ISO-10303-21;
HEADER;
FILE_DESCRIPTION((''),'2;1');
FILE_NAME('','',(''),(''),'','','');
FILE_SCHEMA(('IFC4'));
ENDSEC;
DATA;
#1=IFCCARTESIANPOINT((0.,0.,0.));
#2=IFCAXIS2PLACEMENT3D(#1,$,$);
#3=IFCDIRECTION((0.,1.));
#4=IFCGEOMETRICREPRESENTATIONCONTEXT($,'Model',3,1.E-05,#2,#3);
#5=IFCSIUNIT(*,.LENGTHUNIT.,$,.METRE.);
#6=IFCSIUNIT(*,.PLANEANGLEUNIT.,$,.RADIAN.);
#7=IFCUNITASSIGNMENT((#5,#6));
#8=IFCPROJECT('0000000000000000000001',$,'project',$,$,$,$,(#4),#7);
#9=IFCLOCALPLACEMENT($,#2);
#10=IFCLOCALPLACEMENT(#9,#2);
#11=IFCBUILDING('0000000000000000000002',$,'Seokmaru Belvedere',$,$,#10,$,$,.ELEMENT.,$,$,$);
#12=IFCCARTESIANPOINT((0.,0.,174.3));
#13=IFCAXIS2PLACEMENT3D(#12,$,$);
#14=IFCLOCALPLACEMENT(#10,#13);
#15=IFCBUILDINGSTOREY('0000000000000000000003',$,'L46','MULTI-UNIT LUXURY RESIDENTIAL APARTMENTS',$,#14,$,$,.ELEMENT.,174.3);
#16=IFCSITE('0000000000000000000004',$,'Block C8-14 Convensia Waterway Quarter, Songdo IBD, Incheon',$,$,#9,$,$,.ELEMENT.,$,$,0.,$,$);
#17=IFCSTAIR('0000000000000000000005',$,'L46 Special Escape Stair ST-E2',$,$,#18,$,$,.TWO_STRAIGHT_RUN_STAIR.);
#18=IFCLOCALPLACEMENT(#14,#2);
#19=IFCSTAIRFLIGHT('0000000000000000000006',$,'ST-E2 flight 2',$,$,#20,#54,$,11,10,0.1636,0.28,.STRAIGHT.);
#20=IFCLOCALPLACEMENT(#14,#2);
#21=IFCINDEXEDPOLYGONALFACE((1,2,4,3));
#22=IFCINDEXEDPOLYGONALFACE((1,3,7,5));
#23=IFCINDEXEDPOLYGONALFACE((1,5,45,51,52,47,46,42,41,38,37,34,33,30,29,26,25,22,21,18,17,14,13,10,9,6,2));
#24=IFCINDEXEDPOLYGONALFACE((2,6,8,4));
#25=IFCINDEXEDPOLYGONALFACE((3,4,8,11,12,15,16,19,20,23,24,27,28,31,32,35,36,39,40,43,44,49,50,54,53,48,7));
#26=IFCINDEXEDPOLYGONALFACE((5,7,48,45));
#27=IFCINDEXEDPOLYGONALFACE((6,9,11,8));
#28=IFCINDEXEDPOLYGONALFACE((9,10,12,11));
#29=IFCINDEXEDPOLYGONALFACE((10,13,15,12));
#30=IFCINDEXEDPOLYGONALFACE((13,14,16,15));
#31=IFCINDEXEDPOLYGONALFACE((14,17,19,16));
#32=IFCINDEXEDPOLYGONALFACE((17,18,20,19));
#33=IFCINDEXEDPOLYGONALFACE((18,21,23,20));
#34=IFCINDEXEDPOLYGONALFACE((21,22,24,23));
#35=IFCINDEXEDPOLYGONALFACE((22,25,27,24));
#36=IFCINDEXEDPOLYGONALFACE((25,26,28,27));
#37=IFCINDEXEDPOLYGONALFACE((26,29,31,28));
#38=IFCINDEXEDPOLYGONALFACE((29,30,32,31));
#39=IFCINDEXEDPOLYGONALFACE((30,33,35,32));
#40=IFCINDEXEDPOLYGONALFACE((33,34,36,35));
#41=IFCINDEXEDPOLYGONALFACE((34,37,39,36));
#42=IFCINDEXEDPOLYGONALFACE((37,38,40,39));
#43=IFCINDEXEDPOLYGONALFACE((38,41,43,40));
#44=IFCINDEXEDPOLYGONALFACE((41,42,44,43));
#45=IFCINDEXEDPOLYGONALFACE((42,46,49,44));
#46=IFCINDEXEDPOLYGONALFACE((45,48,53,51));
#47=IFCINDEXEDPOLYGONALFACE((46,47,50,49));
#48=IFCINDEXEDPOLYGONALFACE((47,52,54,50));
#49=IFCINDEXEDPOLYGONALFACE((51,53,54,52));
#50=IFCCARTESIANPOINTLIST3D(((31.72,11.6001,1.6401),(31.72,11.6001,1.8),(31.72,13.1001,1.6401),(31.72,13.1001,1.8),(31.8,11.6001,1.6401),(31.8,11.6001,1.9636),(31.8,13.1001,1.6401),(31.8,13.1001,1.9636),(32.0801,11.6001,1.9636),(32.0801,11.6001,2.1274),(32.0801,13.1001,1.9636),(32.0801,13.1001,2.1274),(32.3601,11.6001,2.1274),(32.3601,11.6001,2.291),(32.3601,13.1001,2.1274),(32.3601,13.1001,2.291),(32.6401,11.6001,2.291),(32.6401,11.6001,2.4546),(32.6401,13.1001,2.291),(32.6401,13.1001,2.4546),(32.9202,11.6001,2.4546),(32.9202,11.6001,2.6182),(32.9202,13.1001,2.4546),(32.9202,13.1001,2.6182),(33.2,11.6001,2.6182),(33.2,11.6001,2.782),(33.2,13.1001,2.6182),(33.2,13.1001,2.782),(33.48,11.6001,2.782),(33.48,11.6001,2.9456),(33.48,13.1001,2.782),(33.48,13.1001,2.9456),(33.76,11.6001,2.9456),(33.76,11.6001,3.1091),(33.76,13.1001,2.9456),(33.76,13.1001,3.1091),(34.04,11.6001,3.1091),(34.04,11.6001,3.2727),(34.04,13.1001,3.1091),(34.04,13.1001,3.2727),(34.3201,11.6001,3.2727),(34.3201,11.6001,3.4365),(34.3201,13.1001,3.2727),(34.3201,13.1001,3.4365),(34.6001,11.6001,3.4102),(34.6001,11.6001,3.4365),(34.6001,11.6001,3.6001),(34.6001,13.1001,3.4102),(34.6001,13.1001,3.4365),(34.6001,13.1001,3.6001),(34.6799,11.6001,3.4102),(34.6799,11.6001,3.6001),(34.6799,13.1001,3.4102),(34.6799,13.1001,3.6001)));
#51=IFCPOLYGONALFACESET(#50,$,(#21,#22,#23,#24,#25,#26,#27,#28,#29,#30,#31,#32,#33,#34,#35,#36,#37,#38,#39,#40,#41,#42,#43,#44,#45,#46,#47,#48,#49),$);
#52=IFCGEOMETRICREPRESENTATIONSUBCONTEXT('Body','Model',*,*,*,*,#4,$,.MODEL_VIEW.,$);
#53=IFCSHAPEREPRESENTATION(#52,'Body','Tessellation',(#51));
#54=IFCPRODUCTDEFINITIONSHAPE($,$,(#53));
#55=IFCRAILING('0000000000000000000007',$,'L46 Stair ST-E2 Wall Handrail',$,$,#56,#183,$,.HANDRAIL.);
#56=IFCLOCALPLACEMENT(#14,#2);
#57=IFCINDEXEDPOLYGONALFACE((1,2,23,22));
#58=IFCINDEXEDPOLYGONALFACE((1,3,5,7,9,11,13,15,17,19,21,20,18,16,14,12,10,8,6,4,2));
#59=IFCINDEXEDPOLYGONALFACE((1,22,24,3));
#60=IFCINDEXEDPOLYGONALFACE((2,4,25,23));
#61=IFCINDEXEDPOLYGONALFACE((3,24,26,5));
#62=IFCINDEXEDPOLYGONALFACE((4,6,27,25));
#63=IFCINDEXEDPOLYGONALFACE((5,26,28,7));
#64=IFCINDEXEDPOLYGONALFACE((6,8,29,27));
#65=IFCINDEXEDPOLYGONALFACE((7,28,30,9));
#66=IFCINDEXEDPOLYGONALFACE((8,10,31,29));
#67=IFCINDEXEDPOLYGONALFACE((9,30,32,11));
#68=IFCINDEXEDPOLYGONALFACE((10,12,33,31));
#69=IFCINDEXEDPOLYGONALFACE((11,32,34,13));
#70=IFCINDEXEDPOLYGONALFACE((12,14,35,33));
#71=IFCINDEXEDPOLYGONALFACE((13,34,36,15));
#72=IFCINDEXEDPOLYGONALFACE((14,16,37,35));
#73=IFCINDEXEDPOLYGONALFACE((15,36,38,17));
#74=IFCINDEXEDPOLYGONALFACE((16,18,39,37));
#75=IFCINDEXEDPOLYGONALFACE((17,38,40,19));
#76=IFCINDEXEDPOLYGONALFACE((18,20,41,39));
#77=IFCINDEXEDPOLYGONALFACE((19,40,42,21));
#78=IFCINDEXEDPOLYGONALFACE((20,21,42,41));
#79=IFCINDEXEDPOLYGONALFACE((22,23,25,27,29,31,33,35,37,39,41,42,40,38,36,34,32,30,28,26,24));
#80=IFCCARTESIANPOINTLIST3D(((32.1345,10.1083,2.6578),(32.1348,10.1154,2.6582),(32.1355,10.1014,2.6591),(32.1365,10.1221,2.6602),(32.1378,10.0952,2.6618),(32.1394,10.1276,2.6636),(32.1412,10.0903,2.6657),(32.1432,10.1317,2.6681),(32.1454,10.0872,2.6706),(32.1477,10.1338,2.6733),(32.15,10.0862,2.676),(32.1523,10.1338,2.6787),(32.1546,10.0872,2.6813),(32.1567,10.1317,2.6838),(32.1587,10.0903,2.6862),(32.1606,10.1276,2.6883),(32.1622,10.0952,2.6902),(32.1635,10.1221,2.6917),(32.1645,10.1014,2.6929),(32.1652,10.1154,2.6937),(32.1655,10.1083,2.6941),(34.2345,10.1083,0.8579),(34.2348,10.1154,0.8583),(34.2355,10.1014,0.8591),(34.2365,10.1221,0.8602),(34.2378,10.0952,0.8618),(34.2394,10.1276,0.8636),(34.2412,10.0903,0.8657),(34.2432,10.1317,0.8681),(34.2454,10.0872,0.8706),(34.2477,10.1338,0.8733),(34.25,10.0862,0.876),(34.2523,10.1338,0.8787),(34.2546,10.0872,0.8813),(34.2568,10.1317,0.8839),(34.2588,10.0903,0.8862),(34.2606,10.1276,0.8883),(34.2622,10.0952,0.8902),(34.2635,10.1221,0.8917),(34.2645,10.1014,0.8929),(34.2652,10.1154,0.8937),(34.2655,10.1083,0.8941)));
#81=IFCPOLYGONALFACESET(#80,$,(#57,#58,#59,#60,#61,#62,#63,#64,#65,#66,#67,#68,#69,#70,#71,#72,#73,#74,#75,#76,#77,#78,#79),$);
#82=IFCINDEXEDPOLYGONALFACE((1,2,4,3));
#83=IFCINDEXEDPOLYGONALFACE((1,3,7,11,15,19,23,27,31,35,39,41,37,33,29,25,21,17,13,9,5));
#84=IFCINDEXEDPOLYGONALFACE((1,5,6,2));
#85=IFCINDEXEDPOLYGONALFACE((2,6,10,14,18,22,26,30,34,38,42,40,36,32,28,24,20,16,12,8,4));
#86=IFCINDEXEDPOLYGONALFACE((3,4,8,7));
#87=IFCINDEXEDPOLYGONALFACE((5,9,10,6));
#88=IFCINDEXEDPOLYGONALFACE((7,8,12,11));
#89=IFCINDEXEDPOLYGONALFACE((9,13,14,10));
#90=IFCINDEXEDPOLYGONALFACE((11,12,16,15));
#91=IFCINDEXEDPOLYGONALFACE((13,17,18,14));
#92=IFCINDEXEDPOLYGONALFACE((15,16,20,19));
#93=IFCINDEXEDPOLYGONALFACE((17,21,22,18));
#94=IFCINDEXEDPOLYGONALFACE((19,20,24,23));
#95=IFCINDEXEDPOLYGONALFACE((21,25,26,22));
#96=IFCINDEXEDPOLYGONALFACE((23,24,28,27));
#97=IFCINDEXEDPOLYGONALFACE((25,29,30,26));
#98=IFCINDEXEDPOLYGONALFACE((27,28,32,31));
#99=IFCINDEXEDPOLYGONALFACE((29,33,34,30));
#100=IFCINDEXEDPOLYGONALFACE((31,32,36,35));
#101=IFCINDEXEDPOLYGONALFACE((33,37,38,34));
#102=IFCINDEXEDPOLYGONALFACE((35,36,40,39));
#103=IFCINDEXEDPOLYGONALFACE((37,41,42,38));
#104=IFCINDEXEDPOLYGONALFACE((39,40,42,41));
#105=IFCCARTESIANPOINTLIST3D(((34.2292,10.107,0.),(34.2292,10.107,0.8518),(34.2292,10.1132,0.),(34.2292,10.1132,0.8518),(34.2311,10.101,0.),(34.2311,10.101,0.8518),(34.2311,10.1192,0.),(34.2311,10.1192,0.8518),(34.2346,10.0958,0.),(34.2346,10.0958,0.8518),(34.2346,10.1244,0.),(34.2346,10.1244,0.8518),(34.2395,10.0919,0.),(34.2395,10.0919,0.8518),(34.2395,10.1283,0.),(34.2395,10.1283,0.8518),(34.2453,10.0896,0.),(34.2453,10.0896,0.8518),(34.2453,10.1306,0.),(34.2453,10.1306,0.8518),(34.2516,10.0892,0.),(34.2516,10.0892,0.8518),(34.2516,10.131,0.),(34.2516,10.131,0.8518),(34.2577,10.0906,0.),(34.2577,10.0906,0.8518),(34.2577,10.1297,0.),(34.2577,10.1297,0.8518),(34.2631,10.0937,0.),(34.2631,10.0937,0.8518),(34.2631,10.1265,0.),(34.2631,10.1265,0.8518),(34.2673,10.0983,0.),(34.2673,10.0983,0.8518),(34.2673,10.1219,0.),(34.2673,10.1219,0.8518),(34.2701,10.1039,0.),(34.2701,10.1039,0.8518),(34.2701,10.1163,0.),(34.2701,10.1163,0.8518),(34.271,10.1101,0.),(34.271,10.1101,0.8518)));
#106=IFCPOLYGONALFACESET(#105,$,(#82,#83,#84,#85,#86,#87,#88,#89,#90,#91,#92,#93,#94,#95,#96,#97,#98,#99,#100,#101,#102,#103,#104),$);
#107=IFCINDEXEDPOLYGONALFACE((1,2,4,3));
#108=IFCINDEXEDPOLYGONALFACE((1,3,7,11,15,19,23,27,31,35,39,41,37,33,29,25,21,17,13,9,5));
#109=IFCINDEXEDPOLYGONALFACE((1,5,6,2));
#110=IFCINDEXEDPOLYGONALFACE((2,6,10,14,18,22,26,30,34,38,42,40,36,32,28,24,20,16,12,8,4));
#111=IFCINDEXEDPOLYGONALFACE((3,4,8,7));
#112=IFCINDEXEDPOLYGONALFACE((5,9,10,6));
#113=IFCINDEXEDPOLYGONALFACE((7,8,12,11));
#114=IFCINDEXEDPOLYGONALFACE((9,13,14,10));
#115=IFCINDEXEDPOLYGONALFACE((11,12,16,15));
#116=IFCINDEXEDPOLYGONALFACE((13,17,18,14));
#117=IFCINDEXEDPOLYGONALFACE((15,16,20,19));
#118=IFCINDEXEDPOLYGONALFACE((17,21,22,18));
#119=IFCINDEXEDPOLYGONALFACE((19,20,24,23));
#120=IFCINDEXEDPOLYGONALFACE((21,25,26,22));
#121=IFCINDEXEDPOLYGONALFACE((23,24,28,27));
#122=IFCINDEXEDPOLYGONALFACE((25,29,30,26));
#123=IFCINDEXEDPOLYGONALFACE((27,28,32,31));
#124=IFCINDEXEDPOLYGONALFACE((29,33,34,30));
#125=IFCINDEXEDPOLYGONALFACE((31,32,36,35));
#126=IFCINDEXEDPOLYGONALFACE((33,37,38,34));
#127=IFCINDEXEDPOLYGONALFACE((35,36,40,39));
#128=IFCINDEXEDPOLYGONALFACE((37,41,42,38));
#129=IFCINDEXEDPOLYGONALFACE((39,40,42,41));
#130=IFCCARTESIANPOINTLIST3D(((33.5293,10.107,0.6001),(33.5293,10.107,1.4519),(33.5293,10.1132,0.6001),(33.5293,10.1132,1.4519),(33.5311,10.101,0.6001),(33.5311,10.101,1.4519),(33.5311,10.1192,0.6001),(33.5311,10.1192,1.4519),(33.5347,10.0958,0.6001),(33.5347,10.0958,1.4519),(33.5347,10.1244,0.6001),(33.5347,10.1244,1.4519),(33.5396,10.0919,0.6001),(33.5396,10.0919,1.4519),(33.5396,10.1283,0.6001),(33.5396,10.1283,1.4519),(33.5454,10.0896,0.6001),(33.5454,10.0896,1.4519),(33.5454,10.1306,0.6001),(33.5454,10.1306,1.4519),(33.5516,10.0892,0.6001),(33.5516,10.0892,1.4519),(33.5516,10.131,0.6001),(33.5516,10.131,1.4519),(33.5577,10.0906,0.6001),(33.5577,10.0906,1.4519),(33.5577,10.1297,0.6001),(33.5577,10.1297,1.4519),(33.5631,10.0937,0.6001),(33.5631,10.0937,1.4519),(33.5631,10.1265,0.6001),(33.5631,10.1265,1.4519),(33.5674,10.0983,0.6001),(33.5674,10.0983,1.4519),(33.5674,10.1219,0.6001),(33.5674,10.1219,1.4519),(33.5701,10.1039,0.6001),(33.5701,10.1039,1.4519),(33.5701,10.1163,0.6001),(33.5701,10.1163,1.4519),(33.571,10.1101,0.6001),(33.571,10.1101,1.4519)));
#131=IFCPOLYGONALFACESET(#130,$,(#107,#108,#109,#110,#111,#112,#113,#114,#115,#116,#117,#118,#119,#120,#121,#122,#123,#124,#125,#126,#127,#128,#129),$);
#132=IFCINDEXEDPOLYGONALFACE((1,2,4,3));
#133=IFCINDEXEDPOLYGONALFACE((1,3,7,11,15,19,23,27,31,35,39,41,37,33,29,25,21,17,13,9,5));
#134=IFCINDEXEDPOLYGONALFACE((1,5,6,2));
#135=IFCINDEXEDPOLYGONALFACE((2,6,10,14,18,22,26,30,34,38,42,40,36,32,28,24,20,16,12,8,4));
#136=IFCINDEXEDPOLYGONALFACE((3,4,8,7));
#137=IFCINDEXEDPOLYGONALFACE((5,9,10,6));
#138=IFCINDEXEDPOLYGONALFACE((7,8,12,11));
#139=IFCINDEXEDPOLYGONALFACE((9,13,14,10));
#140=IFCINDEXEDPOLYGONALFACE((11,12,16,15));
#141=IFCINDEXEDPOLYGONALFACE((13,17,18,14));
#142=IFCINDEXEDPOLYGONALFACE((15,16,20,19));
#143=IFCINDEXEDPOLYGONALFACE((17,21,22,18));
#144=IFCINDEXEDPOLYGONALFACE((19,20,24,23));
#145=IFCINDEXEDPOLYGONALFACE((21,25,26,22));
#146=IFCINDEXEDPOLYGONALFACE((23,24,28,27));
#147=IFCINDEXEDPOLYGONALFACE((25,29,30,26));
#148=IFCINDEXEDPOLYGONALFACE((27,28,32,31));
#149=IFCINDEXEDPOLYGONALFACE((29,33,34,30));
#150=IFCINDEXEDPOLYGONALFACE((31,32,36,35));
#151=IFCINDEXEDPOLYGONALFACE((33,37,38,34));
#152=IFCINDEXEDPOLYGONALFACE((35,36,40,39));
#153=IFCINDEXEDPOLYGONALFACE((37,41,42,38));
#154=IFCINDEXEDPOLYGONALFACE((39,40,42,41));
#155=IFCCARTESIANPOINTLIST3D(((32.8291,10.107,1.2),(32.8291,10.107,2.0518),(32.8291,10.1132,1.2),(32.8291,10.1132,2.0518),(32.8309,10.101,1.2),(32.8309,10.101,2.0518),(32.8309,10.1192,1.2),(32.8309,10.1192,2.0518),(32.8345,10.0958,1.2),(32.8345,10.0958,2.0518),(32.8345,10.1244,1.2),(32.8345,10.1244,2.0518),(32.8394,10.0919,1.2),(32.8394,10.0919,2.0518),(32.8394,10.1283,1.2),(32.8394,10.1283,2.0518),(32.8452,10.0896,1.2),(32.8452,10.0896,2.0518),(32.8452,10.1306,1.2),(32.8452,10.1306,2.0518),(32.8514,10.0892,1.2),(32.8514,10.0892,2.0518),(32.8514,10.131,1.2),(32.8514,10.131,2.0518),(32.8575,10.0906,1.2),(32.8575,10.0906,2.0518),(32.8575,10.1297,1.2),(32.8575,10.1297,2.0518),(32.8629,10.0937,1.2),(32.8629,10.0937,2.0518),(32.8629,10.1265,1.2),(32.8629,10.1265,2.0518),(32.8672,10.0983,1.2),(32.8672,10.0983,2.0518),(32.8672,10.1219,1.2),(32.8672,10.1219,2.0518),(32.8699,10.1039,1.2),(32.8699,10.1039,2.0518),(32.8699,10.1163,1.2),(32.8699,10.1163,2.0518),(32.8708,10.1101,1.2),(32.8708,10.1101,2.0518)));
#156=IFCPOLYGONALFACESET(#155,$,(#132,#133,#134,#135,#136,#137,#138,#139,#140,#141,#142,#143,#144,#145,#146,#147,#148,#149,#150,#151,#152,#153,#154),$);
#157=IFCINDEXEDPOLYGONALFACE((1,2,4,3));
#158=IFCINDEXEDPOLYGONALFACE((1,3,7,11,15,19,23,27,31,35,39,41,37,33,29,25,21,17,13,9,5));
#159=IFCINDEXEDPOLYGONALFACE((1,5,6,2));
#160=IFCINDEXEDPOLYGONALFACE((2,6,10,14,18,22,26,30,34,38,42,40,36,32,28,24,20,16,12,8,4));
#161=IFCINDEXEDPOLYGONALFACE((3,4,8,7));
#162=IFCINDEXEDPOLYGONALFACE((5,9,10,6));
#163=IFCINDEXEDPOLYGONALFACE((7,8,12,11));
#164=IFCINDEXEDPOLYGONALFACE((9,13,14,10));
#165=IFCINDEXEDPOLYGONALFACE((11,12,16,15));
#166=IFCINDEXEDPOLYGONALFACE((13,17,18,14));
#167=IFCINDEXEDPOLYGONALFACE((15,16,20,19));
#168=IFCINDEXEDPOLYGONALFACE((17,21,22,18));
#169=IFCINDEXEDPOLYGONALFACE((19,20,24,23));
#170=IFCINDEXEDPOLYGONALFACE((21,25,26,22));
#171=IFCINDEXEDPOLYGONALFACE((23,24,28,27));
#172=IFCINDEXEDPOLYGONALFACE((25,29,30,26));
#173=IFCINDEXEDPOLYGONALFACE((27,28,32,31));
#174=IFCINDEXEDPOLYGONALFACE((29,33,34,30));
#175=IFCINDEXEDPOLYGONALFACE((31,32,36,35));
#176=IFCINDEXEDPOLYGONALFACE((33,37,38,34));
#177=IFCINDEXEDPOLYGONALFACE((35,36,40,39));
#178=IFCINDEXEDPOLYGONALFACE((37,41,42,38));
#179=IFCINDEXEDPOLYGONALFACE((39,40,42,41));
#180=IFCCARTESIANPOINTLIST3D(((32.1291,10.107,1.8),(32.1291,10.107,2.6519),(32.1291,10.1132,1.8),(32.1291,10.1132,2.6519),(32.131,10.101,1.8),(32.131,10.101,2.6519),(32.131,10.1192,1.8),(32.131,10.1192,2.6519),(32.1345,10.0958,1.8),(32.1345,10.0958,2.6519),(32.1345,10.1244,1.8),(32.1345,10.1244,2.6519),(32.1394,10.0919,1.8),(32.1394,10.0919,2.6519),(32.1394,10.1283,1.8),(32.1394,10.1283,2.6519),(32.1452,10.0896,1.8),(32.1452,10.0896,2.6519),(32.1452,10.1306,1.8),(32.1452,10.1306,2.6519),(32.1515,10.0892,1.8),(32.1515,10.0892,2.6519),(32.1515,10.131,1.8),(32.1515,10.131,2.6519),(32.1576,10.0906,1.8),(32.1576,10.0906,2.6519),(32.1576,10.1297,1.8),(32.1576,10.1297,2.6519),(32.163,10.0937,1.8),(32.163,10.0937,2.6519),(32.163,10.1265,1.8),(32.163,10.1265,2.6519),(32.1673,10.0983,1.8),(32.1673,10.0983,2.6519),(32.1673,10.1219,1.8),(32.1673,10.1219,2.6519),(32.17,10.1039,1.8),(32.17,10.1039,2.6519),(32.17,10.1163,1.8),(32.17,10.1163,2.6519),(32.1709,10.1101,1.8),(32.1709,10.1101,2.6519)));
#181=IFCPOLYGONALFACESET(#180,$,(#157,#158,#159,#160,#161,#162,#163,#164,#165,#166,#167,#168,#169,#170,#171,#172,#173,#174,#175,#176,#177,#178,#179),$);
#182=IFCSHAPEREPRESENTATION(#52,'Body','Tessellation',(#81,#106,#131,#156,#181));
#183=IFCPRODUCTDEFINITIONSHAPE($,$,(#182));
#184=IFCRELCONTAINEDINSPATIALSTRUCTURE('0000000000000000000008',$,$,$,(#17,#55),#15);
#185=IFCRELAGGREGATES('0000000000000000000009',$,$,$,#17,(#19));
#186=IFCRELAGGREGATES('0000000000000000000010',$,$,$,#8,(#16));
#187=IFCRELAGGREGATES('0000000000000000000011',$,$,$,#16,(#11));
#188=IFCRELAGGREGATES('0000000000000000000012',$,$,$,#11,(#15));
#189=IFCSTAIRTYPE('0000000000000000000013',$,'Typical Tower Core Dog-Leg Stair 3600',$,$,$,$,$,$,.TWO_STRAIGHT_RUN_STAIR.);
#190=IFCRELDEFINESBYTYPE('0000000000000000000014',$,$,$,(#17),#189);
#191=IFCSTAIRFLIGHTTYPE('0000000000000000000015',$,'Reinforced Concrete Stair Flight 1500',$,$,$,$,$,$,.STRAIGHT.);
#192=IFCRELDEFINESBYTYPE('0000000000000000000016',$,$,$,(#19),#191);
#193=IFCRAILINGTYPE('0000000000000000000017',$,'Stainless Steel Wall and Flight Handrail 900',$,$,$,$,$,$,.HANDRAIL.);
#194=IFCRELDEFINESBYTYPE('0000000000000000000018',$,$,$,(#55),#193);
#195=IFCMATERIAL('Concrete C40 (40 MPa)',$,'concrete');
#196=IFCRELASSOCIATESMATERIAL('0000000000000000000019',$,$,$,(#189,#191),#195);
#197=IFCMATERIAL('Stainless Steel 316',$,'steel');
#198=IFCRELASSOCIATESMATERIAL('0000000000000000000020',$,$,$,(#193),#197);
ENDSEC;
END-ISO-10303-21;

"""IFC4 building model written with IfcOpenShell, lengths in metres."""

from ifc_helpers import new_model, si_unit, direction, frame, origin, origin_2d, place, context, subcontext, project, spatial, polyline, circle, outline, extrude, material, type_object, element, aggregate, save


model = new_model("IFC4")

# Units and contexts
model_context = context("Model", 3, precision=1e-05, world=origin(), true_north=direction((0.0, 1.0)))
body_context = subcontext(model_context, "Body", "Model", "MODEL_VIEW")
ifc_project = project(units=[si_unit("LENGTHUNIT", "METRE"), si_unit("PLANEANGLEUNIT", "RADIAN")], contexts=[model_context])

# Site, building, storey
site_placement = place(None, origin())
site = spatial("IfcSite", under=ifc_project, at=site_placement, Name="Block C8-14 Convensia Waterway Quarter, Songdo IBD, Incheon", CompositionType="ELEMENT", RefElevation=0.0)
building_placement = place(site_placement, origin())
building = spatial("IfcBuilding", under=site, at=building_placement, Name="Seokmaru Belvedere", CompositionType="ELEMENT")
storey_placement = place(building_placement, frame((0.0, 0.0, 174.3)))
storey = spatial("IfcBuildingStorey", under=building, at=storey_placement, Name="L46", Description="MULTI-UNIT LUXURY RESIDENTIAL APARTMENTS", CompositionType="ELEMENT", Elevation=174.3)

# Shared definitions
ifc_material_1 = material(Name="Stainless Steel 316", Category="steel")

# Stair, stair flight
ifc_material_2 = material(Name="Concrete C40 (40 MPa)", Category="concrete")
stair_type = type_object("IfcStairType", Name="Typical Tower Core Dog-Leg Stair 3600", PredefinedType="TWO_STRAIGHT_RUN_STAIR", material=ifc_material_2)
stair_placement = place(storey_placement, origin())
stair = element("IfcStair", 1, at=stair_placement, inside=storey, type_object=stair_type, Name="L46 Special Escape Stair ST-E2", PredefinedType="TWO_STRAIGHT_RUN_STAIR")
stair_flight_type = type_object("IfcStairFlightType", Name="Reinforced Concrete Stair Flight 1500", PredefinedType="STRAIGHT", material=ifc_material_2)
stair_flight_1_placement = place(storey_placement, frame((31.8, 12.3501, 1.8), z_axis=(0.0, 0.0, 1.0), x_axis=(1.0, 0.0, 0.0)))
stair_flight_1 = element("IfcStairFlight", 2, at=stair_flight_1_placement, type_object=stair_flight_type, Name="ST-E2 flight 2", NumberOfRisers=11, NumberOfTreads=10, PredefinedType="STRAIGHT", RiserHeight=0.1636, TreadLength=0.28, context=body_context, shape_type="SweptSolid", body=[
    extrude(outline(polyline([(-0.0801, 0.0), (0.0, 0.1636), (0.28, 0.1636), (0.28, 0.3274), (0.5601, 0.3274), (0.5601, 0.491), (0.8401, 0.491), (0.8401, 0.6545), (1.1201, 0.6545), (1.1201, 0.8181), (1.3999, 0.8181), (1.3999, 0.9819), (1.6799, 0.9819), (1.6799, 1.1455), (1.96, 1.1455), (1.96, 1.3091), (2.24, 1.3091), (2.24, 1.4727), (2.52, 1.4727), (2.52, 1.6365), (2.8, 1.6365), (2.8, 1.8), (2.8799, 1.8), (2.8799, 1.6101), (2.8, 1.6101), (0.0, -0.1599), (-0.0801, -0.1599), (-0.0801, 0.0)])), frame((0.0, 0.75, 0.0), z_axis=(0.0, -1.0, 0.0), x_axis=(1.0, 0.0, 0.0)), (0.0, 0.0, 1.0), 1.5),
])
aggregate(stair, [stair_flight_1])

# Railing
railing_type_1 = type_object("IfcRailingType", Name="Stainless Steel Wall and Flight Handrail 900", PredefinedType="HANDRAIL", material=ifc_material_1)
railing_1_placement = place(storey_placement, frame((34.25, 10.1101, 0.0)))
element("IfcRailing", 3, at=railing_1_placement, inside=storey, type_object=railing_type_1, Name="L46 Stair ST-E2 Wall Handrail", PredefinedType="HANDRAIL", context=body_context, shape_type="SweptSolid", body=[
    extrude(circle(Radius=0.0239, at=origin_2d()), frame((0.0, 0.0, 0.876), z_axis=(-0.759263, 0.0, 0.650784), x_axis=(0.0, -1.0, 0.0)), (0.0, 0.0, 1.0), 2.7659),
    extrude(circle(Radius=0.021, at=origin_2d()), origin(), (0.0, 0.0, 1.0), 0.8518),
    extrude(circle(Radius=0.021, at=origin_2d()), frame((-0.7, 0.0, 0.6001)), (0.0, 0.0, 1.0), 0.8518),
    extrude(circle(Radius=0.021, at=origin_2d()), frame((-1.4001, 0.0, 1.2)), (0.0, 0.0, 1.0), 0.8518),
    extrude(circle(Radius=0.021, at=origin_2d()), frame((-2.1001, 0.0, 1.8)), (0.0, 0.0, 1.0), 0.8518),
])

save(model, "model.ifc")
